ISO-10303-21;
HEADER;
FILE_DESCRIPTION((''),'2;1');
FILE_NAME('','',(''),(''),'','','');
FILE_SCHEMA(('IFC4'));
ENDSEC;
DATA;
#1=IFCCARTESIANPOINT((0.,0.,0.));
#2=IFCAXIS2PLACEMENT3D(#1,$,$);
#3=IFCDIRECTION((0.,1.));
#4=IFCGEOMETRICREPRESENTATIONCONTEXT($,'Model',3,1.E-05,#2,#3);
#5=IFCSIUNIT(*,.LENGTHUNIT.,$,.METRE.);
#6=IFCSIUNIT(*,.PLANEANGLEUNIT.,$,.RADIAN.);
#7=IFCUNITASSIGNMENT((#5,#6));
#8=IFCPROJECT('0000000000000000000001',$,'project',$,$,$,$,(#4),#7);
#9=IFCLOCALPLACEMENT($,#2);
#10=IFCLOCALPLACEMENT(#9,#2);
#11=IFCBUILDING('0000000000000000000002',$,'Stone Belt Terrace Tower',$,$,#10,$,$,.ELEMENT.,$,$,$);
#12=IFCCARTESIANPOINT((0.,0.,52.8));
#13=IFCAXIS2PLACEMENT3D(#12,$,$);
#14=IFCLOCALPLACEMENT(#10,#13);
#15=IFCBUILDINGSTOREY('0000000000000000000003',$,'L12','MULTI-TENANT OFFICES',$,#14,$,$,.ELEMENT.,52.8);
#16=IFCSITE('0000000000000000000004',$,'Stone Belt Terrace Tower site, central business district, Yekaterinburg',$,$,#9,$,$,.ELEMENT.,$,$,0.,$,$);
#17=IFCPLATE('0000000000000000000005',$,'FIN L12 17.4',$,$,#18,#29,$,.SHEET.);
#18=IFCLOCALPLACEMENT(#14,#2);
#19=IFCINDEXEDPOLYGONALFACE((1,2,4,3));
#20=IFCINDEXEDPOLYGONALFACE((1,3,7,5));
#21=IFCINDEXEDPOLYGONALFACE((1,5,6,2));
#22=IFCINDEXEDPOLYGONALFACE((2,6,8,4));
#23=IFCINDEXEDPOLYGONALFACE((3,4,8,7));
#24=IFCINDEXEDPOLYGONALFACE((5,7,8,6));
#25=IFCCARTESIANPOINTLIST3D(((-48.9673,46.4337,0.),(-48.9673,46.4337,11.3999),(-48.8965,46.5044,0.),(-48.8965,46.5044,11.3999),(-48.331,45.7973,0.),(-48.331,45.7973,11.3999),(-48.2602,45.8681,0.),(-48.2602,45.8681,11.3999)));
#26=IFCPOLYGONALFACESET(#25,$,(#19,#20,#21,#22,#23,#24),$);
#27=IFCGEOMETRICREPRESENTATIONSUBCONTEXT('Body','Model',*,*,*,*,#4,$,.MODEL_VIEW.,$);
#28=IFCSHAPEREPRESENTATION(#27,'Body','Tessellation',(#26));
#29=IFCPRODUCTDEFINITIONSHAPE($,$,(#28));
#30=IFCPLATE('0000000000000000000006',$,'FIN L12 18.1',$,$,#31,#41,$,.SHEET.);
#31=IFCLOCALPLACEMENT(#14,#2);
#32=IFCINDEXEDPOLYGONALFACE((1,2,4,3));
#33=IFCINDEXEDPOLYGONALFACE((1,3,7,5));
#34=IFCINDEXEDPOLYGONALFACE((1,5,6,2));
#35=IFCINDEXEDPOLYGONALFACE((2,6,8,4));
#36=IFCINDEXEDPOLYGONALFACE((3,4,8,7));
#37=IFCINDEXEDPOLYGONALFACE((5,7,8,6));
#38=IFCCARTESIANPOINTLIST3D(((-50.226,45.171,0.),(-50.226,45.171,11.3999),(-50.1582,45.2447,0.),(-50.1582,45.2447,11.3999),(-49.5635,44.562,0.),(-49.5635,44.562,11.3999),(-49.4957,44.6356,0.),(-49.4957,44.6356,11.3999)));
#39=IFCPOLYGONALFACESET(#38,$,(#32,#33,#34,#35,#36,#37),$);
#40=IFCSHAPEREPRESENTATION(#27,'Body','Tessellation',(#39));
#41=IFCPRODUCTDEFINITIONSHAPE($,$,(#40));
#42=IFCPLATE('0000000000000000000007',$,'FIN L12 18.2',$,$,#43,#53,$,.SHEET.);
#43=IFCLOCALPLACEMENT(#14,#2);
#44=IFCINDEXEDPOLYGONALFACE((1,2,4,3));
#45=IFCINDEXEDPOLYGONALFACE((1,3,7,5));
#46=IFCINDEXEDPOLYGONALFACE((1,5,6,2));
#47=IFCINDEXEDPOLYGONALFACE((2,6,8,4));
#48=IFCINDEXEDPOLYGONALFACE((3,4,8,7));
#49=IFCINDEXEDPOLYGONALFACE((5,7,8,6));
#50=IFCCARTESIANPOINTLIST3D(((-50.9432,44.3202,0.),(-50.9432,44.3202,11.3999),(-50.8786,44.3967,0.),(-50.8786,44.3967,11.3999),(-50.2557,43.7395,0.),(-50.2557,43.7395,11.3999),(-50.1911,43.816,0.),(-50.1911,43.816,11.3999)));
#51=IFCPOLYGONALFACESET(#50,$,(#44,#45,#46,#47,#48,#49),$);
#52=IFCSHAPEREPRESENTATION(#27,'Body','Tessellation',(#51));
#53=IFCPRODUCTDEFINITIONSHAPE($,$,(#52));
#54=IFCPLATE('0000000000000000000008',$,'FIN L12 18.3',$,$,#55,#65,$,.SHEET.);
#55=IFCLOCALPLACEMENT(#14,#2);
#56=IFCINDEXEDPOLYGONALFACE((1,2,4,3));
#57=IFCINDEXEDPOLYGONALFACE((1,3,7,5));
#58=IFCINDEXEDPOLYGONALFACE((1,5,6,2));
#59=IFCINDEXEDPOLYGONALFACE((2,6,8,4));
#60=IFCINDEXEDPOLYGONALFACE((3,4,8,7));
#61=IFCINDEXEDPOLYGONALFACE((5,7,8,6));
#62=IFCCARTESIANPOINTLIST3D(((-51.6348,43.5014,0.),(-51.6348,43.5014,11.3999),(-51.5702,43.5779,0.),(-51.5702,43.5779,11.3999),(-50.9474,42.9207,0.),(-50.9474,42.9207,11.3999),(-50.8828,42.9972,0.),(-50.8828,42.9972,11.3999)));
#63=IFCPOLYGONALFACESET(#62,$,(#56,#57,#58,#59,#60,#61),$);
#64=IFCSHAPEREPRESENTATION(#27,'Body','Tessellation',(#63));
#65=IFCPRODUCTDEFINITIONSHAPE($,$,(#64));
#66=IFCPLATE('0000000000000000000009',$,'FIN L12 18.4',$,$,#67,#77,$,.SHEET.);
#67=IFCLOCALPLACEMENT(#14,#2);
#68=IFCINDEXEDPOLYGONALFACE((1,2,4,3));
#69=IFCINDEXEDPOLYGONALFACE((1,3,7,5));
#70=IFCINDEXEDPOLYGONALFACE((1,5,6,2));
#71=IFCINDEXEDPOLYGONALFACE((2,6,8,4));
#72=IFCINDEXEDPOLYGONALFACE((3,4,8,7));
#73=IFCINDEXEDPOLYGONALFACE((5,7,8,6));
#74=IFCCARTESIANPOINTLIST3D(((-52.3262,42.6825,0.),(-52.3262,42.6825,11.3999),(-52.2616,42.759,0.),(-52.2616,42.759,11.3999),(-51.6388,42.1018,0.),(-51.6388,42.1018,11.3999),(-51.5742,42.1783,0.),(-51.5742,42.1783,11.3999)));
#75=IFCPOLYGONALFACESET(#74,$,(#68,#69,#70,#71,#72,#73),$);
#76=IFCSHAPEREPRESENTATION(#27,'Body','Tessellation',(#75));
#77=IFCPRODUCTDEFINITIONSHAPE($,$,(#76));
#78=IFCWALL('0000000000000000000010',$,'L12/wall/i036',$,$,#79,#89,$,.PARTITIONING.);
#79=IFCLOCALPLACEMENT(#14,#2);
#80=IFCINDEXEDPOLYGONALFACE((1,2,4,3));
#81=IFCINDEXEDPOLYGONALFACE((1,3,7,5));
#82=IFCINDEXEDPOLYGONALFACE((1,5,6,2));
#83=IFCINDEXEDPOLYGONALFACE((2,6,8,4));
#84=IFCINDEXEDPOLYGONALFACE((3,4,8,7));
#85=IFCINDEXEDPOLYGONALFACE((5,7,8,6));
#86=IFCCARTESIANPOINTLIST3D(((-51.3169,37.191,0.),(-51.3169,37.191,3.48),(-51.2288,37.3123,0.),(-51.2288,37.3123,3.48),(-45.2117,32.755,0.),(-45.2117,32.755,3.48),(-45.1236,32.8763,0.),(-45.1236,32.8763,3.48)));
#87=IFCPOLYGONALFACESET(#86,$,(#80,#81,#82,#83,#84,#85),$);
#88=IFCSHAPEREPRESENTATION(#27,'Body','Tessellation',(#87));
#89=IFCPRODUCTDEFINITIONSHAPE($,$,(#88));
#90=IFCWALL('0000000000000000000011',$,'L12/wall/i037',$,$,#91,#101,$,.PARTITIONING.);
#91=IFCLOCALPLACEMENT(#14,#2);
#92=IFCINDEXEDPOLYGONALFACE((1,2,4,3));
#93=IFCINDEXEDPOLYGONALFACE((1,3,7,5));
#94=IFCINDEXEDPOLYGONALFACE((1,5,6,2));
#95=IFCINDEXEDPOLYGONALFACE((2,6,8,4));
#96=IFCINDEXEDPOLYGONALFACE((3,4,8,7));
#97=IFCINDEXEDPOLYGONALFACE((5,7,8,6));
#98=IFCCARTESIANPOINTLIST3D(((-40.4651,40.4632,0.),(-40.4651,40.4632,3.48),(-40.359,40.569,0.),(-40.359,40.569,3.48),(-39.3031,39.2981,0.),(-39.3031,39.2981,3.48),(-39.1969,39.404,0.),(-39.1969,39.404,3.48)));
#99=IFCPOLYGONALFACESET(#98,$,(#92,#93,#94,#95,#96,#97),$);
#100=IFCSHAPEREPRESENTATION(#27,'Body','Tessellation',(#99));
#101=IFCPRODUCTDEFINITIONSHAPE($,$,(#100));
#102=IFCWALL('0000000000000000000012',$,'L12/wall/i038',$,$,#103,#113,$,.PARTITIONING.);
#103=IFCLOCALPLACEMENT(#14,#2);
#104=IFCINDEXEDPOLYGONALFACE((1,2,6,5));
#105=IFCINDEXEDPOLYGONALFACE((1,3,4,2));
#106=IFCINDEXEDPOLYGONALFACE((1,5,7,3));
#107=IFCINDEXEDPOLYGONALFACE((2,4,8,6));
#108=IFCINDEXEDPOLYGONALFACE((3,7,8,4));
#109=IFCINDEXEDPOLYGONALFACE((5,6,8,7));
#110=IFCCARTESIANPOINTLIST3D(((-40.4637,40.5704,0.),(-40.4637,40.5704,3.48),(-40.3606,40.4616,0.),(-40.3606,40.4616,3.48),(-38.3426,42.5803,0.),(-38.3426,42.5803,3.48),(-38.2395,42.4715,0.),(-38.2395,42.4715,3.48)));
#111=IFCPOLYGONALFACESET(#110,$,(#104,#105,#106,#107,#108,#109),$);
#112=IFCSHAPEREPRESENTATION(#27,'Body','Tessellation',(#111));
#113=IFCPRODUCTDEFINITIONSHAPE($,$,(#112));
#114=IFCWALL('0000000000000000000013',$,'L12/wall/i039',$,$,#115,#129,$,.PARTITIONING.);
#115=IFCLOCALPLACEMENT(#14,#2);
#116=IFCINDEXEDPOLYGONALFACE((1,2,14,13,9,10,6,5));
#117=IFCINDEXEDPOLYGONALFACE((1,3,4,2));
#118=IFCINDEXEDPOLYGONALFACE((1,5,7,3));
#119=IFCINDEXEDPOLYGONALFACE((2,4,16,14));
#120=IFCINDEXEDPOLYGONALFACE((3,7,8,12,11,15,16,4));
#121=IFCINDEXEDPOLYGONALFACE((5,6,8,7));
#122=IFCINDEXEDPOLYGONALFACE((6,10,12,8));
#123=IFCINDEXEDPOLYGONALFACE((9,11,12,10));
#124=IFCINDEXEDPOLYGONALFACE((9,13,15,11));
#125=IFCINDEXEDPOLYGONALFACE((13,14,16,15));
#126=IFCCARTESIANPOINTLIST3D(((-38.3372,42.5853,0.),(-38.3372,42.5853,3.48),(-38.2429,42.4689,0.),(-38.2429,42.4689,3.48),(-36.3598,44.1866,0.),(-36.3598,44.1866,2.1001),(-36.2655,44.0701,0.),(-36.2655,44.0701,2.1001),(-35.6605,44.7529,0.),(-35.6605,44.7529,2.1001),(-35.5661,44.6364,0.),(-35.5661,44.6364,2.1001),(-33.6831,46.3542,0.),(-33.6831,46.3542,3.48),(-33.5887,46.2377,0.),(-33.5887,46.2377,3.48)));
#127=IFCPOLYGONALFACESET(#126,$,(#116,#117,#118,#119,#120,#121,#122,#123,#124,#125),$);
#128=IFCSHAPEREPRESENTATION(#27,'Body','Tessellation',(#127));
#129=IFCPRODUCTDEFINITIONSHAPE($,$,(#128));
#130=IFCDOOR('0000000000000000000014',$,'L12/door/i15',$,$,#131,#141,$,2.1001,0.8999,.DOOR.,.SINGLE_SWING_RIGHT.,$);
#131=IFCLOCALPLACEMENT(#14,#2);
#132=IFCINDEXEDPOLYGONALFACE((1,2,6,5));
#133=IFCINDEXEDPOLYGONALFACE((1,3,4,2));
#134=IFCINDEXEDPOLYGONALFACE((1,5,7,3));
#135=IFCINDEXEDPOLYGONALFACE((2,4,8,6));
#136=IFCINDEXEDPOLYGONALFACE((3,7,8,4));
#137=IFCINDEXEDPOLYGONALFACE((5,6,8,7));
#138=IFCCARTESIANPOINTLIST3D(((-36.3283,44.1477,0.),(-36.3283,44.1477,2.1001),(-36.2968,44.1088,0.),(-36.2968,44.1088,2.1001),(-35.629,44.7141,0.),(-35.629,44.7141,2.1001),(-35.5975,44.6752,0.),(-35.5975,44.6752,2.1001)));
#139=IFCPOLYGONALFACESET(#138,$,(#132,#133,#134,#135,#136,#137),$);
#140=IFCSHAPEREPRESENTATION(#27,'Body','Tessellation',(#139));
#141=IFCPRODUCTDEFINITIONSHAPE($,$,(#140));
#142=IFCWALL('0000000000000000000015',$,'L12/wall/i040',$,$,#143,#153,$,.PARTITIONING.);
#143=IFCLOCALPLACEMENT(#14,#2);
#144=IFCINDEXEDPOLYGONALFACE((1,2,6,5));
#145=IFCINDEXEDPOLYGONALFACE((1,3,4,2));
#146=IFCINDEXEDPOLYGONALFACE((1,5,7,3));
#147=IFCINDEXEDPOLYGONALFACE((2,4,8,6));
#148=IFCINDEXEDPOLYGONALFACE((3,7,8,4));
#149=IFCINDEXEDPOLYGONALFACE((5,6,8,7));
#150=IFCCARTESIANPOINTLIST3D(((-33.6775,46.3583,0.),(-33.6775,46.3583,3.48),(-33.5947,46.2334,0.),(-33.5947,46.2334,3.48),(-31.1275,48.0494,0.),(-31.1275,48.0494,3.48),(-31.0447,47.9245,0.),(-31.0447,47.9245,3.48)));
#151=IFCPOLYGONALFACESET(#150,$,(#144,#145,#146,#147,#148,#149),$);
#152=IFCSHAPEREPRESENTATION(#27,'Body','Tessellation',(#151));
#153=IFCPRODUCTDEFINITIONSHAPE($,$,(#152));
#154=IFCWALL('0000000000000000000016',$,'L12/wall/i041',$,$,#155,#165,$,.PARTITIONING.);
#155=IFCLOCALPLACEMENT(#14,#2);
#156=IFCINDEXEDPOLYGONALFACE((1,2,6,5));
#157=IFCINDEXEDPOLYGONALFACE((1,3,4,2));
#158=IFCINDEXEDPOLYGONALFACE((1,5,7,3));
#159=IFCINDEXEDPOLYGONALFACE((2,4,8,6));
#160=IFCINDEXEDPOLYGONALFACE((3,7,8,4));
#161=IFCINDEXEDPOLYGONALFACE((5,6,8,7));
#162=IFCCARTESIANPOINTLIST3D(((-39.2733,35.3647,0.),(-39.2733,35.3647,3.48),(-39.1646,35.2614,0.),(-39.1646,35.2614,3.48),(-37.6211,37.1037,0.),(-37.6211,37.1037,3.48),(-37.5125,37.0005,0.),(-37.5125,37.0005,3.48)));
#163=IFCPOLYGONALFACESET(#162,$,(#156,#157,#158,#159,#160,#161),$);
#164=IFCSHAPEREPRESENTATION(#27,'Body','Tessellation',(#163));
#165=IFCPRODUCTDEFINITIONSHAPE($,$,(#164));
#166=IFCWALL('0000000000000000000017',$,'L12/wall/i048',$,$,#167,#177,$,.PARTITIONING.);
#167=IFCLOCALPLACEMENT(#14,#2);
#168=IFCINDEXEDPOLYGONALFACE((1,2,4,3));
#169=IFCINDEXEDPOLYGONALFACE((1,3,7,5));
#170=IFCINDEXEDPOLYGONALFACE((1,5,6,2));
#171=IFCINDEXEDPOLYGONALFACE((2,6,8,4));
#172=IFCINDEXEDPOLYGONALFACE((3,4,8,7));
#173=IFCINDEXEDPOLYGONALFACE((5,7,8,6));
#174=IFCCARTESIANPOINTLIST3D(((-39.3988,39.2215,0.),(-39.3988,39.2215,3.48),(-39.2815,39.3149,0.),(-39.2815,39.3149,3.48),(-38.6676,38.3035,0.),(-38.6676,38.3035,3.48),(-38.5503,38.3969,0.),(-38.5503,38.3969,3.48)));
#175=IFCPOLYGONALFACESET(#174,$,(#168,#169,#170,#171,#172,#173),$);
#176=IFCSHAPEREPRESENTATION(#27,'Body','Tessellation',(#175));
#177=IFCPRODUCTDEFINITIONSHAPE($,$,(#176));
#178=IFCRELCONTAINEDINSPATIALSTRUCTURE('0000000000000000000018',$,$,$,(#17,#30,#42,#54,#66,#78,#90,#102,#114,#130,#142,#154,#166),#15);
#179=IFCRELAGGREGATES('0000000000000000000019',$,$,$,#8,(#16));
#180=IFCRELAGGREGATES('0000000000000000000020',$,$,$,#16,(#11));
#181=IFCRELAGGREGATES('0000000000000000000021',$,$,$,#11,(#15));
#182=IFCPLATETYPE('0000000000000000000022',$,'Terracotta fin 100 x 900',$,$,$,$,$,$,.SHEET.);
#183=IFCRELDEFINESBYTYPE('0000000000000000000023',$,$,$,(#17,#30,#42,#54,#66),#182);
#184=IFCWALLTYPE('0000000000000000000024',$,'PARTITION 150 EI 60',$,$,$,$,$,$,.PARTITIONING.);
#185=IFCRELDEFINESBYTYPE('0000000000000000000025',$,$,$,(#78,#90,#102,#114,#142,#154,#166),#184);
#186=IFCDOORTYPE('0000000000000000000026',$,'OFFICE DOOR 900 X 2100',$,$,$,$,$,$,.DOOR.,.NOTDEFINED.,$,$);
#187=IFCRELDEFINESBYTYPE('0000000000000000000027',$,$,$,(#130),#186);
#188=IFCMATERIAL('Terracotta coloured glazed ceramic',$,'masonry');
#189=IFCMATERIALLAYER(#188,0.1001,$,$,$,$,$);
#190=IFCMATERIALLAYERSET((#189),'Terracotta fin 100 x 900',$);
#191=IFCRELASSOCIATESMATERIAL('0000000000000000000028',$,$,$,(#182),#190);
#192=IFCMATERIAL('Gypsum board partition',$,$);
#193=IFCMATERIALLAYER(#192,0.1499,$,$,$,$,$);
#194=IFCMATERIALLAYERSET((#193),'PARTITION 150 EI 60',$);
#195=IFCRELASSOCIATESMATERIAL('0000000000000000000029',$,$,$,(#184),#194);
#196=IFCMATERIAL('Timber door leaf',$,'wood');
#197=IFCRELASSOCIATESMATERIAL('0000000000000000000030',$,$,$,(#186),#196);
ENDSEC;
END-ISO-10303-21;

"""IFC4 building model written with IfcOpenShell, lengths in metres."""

from ifc_helpers import new_model, si_unit, direction, frame, frame_2d, origin, origin_2d, place, context, subcontext, project, spatial, rectangle, extrude, material, layer, layer_set, type_object, element, fill, save


model = new_model("IFC4")

# Units and contexts
model_context = context("Model", 3, precision=1e-05, world=origin(), true_north=direction((0.0, 1.0)))
body_context = subcontext(model_context, "Body", "Model", "MODEL_VIEW")
ifc_project = project(units=[si_unit("LENGTHUNIT", "METRE"), si_unit("PLANEANGLEUNIT", "RADIAN")], contexts=[model_context])

# Site, building, storey
site_placement = place(None, origin())
site = spatial("IfcSite", under=ifc_project, at=site_placement, Name="Stone Belt Terrace Tower site, central business district, Yekaterinburg", CompositionType="ELEMENT", RefElevation=0.0)
building_placement = place(site_placement, origin())
building = spatial("IfcBuilding", under=site, at=building_placement, Name="Stone Belt Terrace Tower", CompositionType="ELEMENT")
storey_placement = place(building_placement, frame((0.0, 0.0, 52.8)))
storey = spatial("IfcBuildingStorey", under=building, at=storey_placement, Name="L12", Description="MULTI-TENANT OFFICES", CompositionType="ELEMENT", Elevation=52.8)

# Plates
ifc_material_1 = material(Name="Terracotta coloured glazed ceramic", Category="masonry")
ifc_layer_1 = layer(ifc_material_1, 0.1001)
ifc_layer_set_1 = layer_set([ifc_layer_1], Name="Terracotta fin 100 x 900")
plate_type_1 = type_object("IfcPlateType", Name="Terracotta fin 100 x 900", PredefinedType="SHEET", material=ifc_layer_set_1)
for number, where, z_axis, x_axis, name in (
    (1, (-48.6138, 46.1509, 0.0), (0.0, 0.0, 1.0), (-0.707107, 0.707107, 0.0), "FIN L12 17.4"),
    (2, (-49.8608, 44.9033, 0.0), (0.0, 0.0, 1.0), (-0.736171, 0.676796, 0.0), "FIN L12 18.1"),
    (3, (-50.5671, 44.0681, 0.0), (0.0, 0.0, 1.0), (-0.763937, 0.645291, 0.0), "FIN L12 18.2"),
    (4, (-51.2588, 43.2493, 0.0), (0.0, 0.0, 1.0), (-0.763937, 0.645291, 0.0), "FIN L12 18.3"),
    (5, (-51.9502, 42.4304, 0.0), (0.0, 0.0, 1.0), (-0.763937, 0.645291, 0.0), "FIN L12 18.4"),
):
    element("IfcPlate", number, at=place(storey_placement, frame(where, z_axis=z_axis, x_axis=x_axis)), inside=storey, type_object=plate_type_1, Name=name, PredefinedType="SHEET", context=body_context, shape_type="SweptSolid", body=[
        extrude(rectangle(XDim=0.8999, YDim=0.1001, at=origin_2d()), origin(), (0.0, 0.0, 1.0), 11.3999),
    ])

# Walls
ifc_material_2 = material(Name="Gypsum board partition")
ifc_layer_2 = layer(ifc_material_2, 0.1499)
ifc_layer_set_2 = layer_set([ifc_layer_2], Name="PARTITION 150 EI 60")
wall_type = type_object("IfcWallType", Name="PARTITION 150 EI 60", PredefinedType="PARTITIONING", material=ifc_layer_set_2)
wall_1_placement = place(storey_placement, frame((-51.2729, 37.2517, 0.0), z_axis=(0.0, 0.0, 1.0), x_axis=(0.808996, -0.587814, 0.0)))
element("IfcWall", 6, at=wall_1_placement, inside=storey, type_object=wall_type, Name="L12/wall/i036", PredefinedType="PARTITIONING", context=body_context, shape_type="SweptSolid", body=[
    extrude(rectangle(XDim=7.5466, YDim=0.1499, at=frame_2d((3.7734, 0.0))), origin(), (0.0, 0.0, 1.0), 3.48),
])
wall_2_placement = place(storey_placement, frame((-39.25, 39.3511, 0.0), z_axis=(0.0, 0.0, 1.0), x_axis=(-0.706216, 0.707996, 0.0)))
element("IfcWall", 7, at=wall_2_placement, inside=storey, type_object=wall_type, Name="L12/wall/i037", PredefinedType="PARTITIONING", context=body_context, shape_type="SweptSolid", body=[
    extrude(rectangle(XDim=1.6455, YDim=0.1499, at=frame_2d((0.8228, 0.0))), origin(), (0.0, 0.0, 1.0), 3.48),
])
wall_3_placement = place(storey_placement, frame((-40.4121, 40.5161, 0.0), z_axis=(0.0, 0.0, 1.0), x_axis=(0.7259, 0.6878, 0.0)))
element("IfcWall", 8, at=wall_3_placement, inside=storey, type_object=wall_type, Name="L12/wall/i038", PredefinedType="PARTITIONING", context=body_context, shape_type="SweptSolid", body=[
    extrude(rectangle(XDim=2.9221, YDim=0.1499, at=frame_2d((1.4609, 0.0))), origin(), (0.0, 0.0, 1.0), 3.48),
])

# Wall, opening, door
wall_4_placement = place(storey_placement, frame((-38.29, 42.5271, 0.0), z_axis=(0.0, 0.0, 1.0), x_axis=(0.777144, 0.629323, 0.0)))
wall_4 = element("IfcWall", 9, at=wall_4_placement, inside=storey, type_object=wall_type, Name="L12/wall/i039", PredefinedType="PARTITIONING", context=body_context, shape_type="SweptSolid", body=[
    extrude(rectangle(XDim=5.9888, YDim=0.1499, at=frame_2d((2.9944, 0.0))), origin(), (0.0, 0.0, 1.0), 3.48),
])
opening_1_placement = place(wall_4_placement, frame((2.5444, 0.0, 0.0)))
opening_1 = element("IfcOpeningElement", 10, at=opening_1_placement, cuts=wall_4, PredefinedType="OPENING", context=body_context, shape_type="SweptSolid", body=[
    extrude(rectangle(XDim=0.8999, YDim=2.1001, at=frame_2d((0.45, 1.05))), frame((0.0, 0.085, 0.0), z_axis=(0.0, -1.0, 0.0), x_axis=(1.0, 0.0, 0.0)), (0.0, 0.0, 1.0), 0.1699),
])
ifc_material_3 = material(Name="Timber door leaf", Category="wood")
door_type = type_object("IfcDoorType", Name="OFFICE DOOR 900 X 2100", OperationType="NOTDEFINED", PredefinedType="DOOR", material=ifc_material_3)
door_1_placement = place(opening_1_placement, origin())
door_1 = element("IfcDoor", 11, at=door_1_placement, inside=storey, type_object=door_type, Name="L12/door/i15", OperationType="SINGLE_SWING_RIGHT", OverallHeight=2.1001, OverallWidth=0.8999, PredefinedType="DOOR", context=body_context, shape_type="SweptSolid", body=[
    extrude(rectangle(XDim=0.8999, YDim=2.1001, at=frame_2d((0.45, 1.05))), frame((0.0, 0.0249, 0.0), z_axis=(0.0, -1.0, 0.0), x_axis=(1.0, 0.0, 0.0)), (0.0, 0.0, 1.0), 0.05),
])
fill(opening_1, door_1)

# Walls
wall_5_placement = place(storey_placement, frame((-33.636, 46.2959, 0.0), z_axis=(0.0, 0.0, 1.0), x_axis=(0.833386, 0.552692, 0.0)))
element("IfcWall", 12, at=wall_5_placement, inside=storey, type_object=wall_type, Name="L12/wall/i040", PredefinedType="PARTITIONING", context=body_context, shape_type="SweptSolid", body=[
    extrude(rectangle(XDim=3.0598, YDim=0.1499, at=frame_2d((1.5298, 0.0))), origin(), (0.0, 0.0, 1.0), 3.48),
])
wall_6_placement = place(storey_placement, frame((-37.5669, 37.052, 0.0), z_axis=(0.0, 0.0, 1.0), x_axis=(-0.688757, -0.724992, 0.0)))
element("IfcWall", 13, at=wall_6_placement, inside=storey, type_object=wall_type, Name="L12/wall/i041", PredefinedType="PARTITIONING", context=body_context, shape_type="SweptSolid", body=[
    extrude(rectangle(XDim=2.3987, YDim=0.1499, at=frame_2d((1.1992, 0.0))), origin(), (0.0, 0.0, 1.0), 3.48),
])
wall_7_placement = place(storey_placement, frame((-38.6089, 38.3501, 0.0), z_axis=(0.0, 0.0, 1.0), x_axis=(-0.623045, 0.782186, 0.0)))
element("IfcWall", 14, at=wall_7_placement, inside=storey, type_object=wall_type, Name="L12/wall/i048", PredefinedType="PARTITIONING", context=body_context, shape_type="SweptSolid", body=[
    extrude(rectangle(XDim=1.1736, YDim=0.1499, at=frame_2d((0.5869, 0.0))), origin(), (0.0, 0.0, 1.0), 3.48),
])

save(model, "model.ifc")
